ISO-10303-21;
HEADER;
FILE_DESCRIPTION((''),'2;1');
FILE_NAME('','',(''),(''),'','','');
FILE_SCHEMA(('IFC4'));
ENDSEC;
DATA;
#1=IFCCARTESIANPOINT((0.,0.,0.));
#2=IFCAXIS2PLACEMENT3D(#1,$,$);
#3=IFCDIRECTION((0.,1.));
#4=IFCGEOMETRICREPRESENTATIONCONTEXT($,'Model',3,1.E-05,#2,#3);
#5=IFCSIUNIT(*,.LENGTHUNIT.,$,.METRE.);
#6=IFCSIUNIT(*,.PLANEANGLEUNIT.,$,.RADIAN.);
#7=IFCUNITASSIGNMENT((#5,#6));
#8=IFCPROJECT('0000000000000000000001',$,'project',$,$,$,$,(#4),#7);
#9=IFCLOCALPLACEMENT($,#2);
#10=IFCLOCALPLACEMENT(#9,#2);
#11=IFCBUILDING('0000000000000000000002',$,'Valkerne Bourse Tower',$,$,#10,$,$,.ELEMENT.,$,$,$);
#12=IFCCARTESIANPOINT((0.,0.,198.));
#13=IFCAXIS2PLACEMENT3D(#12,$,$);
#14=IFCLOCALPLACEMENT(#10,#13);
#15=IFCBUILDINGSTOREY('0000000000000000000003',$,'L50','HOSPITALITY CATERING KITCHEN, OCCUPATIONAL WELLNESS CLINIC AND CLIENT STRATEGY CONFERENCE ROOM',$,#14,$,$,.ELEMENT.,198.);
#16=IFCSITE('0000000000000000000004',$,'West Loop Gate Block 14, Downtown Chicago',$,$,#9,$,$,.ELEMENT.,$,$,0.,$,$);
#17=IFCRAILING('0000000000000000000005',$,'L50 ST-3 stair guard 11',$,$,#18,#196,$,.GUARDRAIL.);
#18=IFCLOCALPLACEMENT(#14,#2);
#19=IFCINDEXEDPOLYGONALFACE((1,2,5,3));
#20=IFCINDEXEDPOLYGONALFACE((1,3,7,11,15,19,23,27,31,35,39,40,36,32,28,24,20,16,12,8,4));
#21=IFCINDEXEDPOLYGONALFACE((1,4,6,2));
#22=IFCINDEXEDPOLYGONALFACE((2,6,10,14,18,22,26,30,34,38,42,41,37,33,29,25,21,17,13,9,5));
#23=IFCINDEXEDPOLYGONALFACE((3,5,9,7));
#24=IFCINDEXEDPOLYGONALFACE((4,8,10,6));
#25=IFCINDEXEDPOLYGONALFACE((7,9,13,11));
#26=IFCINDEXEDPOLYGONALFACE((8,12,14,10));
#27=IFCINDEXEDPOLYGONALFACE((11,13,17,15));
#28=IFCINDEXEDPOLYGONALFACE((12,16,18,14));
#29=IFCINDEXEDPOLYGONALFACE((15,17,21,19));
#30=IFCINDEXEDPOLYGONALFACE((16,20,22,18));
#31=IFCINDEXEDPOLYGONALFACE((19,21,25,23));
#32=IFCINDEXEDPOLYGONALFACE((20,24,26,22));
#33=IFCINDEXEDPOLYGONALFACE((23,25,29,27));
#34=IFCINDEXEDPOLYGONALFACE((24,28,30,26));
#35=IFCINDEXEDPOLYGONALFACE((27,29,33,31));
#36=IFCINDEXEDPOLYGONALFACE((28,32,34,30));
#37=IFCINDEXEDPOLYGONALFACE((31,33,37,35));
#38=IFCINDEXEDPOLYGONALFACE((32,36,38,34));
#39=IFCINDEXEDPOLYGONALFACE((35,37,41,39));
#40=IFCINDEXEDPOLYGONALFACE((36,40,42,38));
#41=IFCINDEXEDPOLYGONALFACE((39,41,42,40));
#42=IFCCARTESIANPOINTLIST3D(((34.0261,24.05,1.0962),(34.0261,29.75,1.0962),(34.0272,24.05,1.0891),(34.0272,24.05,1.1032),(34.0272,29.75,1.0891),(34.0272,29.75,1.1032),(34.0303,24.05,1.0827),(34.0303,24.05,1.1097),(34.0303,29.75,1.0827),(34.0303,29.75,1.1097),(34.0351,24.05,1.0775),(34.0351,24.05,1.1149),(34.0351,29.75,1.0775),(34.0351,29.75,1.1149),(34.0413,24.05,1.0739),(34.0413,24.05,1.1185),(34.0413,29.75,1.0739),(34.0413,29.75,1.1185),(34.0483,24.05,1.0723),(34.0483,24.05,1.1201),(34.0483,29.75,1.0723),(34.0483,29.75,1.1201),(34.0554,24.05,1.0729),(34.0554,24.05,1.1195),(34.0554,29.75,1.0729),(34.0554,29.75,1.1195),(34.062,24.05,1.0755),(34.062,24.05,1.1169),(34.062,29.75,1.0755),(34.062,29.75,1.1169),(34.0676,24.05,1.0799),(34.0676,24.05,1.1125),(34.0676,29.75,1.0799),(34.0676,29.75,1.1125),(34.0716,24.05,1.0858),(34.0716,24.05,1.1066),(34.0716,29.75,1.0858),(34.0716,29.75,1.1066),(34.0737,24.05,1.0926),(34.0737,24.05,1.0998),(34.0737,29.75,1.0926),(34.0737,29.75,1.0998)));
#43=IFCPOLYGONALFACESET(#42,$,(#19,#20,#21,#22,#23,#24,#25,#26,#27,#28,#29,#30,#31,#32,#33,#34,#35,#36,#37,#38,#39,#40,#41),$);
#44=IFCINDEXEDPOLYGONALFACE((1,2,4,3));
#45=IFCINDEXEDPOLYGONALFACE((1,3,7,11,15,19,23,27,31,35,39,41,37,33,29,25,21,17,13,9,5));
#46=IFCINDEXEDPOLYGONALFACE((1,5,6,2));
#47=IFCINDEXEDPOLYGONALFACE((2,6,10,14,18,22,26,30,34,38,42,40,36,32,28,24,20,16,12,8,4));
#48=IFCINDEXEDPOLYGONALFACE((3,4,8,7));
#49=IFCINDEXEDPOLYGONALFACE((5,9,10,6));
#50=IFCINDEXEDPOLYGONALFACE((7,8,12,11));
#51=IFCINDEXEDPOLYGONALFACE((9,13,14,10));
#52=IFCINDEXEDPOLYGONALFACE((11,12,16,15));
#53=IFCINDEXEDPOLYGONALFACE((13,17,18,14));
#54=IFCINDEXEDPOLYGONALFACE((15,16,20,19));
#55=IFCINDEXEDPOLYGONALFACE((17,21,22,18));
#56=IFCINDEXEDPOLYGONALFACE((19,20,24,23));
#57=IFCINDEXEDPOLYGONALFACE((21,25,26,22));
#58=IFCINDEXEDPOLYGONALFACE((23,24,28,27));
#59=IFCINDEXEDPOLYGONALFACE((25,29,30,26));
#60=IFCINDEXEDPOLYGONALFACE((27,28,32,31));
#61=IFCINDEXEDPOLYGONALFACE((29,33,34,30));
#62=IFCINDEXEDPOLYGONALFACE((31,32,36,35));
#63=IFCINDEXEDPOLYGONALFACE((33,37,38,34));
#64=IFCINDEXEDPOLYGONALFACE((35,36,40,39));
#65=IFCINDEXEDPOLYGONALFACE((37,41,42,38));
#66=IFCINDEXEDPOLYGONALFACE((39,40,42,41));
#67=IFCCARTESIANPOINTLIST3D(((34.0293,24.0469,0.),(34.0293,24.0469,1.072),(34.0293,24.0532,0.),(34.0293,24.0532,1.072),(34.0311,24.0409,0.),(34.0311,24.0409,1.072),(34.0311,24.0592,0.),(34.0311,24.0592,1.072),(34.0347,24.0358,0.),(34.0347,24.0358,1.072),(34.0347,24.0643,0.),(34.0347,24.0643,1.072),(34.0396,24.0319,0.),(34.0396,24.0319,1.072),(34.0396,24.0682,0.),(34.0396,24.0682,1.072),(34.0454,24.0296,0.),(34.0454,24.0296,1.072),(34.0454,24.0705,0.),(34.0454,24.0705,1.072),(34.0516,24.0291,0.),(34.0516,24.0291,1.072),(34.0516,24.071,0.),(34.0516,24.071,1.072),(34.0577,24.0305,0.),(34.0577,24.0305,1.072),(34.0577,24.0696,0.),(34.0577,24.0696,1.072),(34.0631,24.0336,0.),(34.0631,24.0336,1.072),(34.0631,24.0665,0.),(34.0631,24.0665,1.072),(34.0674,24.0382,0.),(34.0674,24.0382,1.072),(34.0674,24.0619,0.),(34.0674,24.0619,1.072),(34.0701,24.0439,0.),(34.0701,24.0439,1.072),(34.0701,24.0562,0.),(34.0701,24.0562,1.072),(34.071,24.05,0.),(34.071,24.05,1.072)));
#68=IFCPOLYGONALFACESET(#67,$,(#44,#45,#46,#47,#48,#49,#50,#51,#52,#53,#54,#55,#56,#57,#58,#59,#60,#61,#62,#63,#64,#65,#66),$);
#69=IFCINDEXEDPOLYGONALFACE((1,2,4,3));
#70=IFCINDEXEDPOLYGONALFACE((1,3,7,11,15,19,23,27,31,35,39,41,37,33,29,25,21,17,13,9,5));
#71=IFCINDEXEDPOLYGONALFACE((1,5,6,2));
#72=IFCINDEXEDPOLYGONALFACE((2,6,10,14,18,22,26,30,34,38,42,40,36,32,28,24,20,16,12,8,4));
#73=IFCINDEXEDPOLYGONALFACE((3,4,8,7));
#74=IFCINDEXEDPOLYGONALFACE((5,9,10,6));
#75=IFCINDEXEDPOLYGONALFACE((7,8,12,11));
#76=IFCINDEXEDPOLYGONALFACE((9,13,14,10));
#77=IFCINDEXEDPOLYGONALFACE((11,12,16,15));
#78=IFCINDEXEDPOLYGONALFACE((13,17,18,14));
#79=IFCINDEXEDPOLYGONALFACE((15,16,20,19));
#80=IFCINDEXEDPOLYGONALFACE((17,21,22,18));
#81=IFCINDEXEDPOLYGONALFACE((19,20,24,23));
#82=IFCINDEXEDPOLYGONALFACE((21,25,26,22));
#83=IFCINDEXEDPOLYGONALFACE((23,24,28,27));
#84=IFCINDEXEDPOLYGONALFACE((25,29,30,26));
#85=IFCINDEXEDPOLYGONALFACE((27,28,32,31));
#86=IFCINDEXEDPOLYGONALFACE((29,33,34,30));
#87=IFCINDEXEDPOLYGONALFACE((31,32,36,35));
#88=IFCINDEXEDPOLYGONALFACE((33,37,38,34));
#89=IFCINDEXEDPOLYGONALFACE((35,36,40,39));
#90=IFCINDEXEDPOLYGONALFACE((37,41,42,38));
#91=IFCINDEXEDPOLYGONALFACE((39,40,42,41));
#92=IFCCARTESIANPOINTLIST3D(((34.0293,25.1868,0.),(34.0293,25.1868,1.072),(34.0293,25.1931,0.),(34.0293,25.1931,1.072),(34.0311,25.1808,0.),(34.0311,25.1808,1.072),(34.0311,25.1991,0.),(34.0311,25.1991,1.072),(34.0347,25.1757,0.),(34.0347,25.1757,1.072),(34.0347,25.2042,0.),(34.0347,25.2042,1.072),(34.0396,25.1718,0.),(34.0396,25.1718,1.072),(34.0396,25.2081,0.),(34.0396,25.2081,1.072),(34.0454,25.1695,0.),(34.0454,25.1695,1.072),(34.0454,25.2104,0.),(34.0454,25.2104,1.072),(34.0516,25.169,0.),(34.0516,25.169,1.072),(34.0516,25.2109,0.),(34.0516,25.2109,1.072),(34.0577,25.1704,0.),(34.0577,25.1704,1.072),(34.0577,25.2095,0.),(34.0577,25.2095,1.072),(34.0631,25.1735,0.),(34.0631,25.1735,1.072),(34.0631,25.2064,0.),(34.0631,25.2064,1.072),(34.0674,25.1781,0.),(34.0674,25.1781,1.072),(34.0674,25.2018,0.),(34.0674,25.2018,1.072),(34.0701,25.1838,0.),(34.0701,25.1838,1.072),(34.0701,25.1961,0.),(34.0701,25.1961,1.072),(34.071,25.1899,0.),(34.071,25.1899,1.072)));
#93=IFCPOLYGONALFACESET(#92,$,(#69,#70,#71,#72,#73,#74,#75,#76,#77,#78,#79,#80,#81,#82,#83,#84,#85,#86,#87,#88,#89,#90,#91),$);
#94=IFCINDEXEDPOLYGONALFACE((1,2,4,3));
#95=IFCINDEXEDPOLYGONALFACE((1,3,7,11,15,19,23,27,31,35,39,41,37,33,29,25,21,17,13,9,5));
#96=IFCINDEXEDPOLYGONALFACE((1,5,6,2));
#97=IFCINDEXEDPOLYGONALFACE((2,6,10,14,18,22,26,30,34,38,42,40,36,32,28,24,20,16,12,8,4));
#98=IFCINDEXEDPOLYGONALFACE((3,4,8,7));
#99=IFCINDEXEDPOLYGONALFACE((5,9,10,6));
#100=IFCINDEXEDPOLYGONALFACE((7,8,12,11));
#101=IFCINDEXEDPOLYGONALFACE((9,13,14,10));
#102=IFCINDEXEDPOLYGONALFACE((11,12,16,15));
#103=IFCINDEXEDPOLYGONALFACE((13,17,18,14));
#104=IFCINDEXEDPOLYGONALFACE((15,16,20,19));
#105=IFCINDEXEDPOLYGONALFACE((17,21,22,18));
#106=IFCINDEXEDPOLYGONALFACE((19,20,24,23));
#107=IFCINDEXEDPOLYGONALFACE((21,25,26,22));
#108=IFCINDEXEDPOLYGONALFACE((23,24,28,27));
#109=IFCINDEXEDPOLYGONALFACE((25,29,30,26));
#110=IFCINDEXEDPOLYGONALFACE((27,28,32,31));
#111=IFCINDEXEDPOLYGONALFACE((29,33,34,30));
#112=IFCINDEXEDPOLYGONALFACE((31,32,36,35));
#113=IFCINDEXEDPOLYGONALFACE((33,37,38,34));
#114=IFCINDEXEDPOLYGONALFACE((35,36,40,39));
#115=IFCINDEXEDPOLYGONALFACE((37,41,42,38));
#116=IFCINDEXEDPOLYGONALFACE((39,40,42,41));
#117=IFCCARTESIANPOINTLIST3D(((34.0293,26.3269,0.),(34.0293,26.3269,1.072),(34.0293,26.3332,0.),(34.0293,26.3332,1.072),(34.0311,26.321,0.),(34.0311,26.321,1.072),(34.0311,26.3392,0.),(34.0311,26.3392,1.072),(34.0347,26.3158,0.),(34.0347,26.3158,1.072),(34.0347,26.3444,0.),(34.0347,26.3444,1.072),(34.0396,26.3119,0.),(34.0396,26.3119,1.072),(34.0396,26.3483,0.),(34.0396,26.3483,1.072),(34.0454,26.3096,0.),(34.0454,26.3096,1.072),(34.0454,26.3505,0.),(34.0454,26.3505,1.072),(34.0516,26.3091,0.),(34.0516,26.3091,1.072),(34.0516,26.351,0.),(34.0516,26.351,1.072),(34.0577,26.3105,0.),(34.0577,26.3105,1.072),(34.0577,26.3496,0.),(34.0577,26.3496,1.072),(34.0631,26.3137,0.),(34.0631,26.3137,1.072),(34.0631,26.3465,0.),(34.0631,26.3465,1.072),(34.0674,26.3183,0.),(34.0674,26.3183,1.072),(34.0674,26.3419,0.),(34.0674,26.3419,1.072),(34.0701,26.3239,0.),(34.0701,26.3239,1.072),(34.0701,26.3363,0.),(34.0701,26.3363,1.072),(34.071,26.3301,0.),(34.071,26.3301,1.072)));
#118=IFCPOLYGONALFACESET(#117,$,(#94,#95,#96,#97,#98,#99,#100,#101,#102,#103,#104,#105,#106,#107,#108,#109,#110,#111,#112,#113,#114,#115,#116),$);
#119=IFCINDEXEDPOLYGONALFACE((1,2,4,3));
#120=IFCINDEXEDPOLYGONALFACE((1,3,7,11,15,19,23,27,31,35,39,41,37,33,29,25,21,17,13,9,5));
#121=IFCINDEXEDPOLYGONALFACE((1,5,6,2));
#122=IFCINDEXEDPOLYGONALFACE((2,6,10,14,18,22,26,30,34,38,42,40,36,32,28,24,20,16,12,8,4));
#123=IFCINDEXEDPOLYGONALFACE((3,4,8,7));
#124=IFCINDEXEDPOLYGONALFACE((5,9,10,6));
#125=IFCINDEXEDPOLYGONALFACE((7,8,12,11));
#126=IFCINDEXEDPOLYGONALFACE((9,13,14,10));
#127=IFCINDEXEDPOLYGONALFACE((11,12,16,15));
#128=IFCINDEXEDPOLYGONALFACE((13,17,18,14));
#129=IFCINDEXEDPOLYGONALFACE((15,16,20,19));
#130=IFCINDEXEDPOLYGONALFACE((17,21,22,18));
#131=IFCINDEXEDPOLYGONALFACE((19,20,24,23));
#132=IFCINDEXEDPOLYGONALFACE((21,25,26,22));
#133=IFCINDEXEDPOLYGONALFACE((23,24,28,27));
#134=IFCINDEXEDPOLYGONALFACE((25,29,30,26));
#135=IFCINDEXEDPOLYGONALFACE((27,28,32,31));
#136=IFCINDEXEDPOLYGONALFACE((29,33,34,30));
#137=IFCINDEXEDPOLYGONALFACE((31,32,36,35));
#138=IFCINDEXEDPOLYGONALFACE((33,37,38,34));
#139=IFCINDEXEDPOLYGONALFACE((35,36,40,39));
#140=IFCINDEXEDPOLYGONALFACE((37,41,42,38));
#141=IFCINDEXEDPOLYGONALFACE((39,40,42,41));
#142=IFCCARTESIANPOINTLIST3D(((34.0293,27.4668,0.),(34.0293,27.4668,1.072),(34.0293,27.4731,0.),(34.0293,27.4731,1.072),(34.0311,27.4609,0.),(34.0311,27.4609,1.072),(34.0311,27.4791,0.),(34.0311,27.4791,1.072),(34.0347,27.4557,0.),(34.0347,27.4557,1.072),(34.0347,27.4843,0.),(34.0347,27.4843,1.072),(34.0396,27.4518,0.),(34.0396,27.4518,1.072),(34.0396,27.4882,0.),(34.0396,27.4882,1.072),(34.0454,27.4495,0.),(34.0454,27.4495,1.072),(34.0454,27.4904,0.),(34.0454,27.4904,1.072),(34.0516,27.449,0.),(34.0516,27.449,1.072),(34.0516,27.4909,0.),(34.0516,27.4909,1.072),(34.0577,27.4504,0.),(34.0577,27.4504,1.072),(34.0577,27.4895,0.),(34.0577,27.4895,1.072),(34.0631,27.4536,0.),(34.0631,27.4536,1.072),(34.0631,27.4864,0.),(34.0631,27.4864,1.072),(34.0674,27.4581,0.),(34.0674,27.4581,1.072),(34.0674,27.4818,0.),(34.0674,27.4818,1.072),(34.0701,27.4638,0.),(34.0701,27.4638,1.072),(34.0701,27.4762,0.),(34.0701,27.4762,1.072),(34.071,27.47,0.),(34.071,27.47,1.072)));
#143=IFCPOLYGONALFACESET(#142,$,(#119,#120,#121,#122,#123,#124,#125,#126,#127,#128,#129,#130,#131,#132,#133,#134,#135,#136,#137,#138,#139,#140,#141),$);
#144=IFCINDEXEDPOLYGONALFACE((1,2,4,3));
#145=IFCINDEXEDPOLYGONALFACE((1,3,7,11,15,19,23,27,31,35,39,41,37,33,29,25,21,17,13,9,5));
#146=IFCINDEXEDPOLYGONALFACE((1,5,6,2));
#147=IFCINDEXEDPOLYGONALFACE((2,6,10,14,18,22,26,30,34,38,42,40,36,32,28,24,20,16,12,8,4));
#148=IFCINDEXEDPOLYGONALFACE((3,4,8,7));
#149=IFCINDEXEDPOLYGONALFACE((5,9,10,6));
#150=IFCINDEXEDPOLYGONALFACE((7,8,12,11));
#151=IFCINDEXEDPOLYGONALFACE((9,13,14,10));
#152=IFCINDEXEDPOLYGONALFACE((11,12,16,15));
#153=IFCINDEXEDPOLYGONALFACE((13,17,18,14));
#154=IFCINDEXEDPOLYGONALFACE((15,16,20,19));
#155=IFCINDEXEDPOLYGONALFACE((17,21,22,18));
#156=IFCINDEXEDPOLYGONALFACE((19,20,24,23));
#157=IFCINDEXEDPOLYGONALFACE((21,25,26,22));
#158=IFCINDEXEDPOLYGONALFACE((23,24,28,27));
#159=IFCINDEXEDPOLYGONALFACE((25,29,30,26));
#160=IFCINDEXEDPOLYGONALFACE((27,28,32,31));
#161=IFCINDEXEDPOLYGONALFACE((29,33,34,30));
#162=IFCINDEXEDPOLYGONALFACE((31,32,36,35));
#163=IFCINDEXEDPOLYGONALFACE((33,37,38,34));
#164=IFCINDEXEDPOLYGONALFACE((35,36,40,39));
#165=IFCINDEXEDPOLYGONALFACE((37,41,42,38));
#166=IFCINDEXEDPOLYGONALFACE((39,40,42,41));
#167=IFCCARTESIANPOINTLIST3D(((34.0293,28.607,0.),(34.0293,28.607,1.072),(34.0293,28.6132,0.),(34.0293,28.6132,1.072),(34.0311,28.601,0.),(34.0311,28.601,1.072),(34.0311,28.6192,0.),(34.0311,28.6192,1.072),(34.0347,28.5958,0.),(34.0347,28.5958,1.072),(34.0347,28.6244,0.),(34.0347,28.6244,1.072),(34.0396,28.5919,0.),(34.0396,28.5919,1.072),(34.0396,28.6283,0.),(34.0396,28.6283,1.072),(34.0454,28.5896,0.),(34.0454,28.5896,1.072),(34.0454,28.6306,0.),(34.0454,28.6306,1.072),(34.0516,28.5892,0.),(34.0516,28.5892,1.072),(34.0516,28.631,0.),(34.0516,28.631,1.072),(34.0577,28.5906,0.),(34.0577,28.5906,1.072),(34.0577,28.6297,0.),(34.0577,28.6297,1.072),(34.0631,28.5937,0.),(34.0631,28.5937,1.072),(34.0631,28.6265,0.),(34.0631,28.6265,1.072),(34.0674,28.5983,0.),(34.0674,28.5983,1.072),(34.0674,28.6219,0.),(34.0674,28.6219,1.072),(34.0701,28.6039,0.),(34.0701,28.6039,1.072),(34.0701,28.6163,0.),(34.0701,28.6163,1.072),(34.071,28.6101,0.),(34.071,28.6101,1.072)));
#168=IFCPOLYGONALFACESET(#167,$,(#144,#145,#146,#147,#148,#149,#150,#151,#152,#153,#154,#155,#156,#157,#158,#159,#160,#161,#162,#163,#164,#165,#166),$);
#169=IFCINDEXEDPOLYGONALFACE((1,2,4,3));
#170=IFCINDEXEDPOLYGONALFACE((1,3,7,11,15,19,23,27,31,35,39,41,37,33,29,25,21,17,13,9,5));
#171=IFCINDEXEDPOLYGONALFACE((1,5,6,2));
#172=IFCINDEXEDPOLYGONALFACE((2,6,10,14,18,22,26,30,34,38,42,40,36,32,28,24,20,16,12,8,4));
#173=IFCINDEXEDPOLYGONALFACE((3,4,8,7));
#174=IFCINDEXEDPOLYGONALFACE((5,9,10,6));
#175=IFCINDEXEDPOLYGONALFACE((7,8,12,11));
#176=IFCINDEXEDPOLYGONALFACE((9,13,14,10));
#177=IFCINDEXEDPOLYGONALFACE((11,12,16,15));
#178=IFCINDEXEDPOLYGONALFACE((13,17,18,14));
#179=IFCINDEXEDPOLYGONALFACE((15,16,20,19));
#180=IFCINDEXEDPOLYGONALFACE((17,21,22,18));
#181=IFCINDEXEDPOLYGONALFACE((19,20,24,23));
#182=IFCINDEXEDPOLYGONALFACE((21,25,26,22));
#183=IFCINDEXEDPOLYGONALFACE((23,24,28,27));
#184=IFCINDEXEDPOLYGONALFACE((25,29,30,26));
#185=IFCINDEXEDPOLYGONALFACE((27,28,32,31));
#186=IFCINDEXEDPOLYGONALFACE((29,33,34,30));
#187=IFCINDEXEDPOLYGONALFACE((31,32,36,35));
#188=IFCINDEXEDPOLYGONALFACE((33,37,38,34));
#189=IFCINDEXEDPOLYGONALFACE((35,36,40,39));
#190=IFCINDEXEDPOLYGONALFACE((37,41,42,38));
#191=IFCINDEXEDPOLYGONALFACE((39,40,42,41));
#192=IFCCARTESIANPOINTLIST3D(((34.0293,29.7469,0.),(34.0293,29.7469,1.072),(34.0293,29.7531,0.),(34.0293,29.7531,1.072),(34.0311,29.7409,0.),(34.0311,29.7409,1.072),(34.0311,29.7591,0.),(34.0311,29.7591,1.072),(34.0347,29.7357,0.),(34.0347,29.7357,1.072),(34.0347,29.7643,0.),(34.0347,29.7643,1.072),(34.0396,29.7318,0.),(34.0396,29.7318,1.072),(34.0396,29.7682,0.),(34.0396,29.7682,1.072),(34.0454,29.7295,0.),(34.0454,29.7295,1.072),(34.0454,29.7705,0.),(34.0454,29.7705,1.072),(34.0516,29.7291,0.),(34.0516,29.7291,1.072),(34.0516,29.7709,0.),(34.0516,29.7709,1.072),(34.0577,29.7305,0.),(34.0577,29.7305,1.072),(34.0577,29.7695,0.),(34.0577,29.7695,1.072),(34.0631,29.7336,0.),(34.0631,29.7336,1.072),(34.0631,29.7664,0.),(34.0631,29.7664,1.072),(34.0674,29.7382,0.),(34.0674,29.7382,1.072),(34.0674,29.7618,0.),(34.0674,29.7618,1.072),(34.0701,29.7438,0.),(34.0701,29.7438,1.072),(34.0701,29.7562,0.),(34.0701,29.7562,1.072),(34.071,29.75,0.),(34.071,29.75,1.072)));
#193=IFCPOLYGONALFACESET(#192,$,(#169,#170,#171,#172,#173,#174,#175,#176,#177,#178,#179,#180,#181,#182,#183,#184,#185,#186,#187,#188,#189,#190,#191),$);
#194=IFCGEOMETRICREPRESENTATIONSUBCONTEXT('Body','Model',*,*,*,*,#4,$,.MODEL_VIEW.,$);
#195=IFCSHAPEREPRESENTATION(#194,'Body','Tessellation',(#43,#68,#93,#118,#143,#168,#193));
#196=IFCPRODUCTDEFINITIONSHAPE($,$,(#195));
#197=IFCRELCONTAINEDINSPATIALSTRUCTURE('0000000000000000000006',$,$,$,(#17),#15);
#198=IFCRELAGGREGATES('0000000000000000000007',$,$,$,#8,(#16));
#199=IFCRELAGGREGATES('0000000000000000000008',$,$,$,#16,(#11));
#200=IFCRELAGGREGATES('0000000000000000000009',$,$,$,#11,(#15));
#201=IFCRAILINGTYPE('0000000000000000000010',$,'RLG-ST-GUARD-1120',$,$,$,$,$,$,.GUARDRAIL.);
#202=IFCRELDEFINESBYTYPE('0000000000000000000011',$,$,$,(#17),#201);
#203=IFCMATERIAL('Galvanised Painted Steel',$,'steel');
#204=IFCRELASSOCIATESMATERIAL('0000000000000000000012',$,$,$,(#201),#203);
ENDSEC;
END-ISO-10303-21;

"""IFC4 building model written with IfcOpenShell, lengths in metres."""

from ifc_helpers import new_model, si_unit, direction, frame, origin, origin_2d, place, context, subcontext, project, spatial, circle, extrude, material, type_object, element, save


model = new_model("IFC4")

# Units and contexts
model_context = context("Model", 3, precision=1e-05, world=origin(), true_north=direction((0.0, 1.0)))
body_context = subcontext(model_context, "Body", "Model", "MODEL_VIEW")
ifc_project = project(units=[si_unit("LENGTHUNIT", "METRE"), si_unit("PLANEANGLEUNIT", "RADIAN")], contexts=[model_context])

# Site, building, storey
site_placement = place(None, origin())
site = spatial("IfcSite", under=ifc_project, at=site_placement, Name="West Loop Gate Block 14, Downtown Chicago", CompositionType="ELEMENT", RefElevation=0.0)
building_placement = place(site_placement, origin())
building = spatial("IfcBuilding", under=site, at=building_placement, Name="Valkerne Bourse Tower", CompositionType="ELEMENT")
storey_placement = place(building_placement, frame((0.0, 0.0, 198.0)))
storey = spatial("IfcBuildingStorey", under=building, at=storey_placement, Name="L50", Description="HOSPITALITY CATERING KITCHEN, OCCUPATIONAL WELLNESS CLINIC AND CLIENT STRATEGY CONFERENCE ROOM", CompositionType="ELEMENT", Elevation=198.0)

# Railing
ifc_material_1 = material(Name="Galvanised Painted Steel", Category="steel")
railing_type_1 = type_object("IfcRailingType", Name="RLG-ST-GUARD-1120", PredefinedType="GUARDRAIL", material=ifc_material_1)
for number, where, name in (
    (1, (34.05, 24.05, 0.0), "L50 ST-3 stair guard 11"),
):
    element("IfcRailing", number, at=place(storey_placement, frame(where)), inside=storey, type_object=railing_type_1, Name=name, PredefinedType="GUARDRAIL", context=body_context, shape_type="SweptSolid", body=[
        extrude(circle(Radius=0.0239, at=origin_2d()), frame((0.0, 0.0, 1.0962), z_axis=(0.0, 1.0, 0.0), x_axis=(-1.0, 0.0, 0.0)), (0.0, 0.0, 1.0), 5.7),
        extrude(circle(Radius=0.021, at=origin_2d()), origin(), (0.0, 0.0, 1.0), 1.072),
        extrude(circle(Radius=0.021, at=origin_2d()), frame((0.0, 1.1399, 0.0)), (0.0, 0.0, 1.0), 1.072),
        extrude(circle(Radius=0.021, at=origin_2d()), frame((0.0, 2.28, 0.0)), (0.0, 0.0, 1.0), 1.072),
        extrude(circle(Radius=0.021, at=origin_2d()), frame((0.0, 3.4199, 0.0)), (0.0, 0.0, 1.0), 1.072),
        extrude(circle(Radius=0.021, at=origin_2d()), frame((0.0, 4.5601, 0.0)), (0.0, 0.0, 1.0), 1.072),
        extrude(circle(Radius=0.021, at=origin_2d()), frame((0.0, 5.7, 0.0)), (0.0, 0.0, 1.0), 1.072),
    ])

save(model, "model.ifc")
